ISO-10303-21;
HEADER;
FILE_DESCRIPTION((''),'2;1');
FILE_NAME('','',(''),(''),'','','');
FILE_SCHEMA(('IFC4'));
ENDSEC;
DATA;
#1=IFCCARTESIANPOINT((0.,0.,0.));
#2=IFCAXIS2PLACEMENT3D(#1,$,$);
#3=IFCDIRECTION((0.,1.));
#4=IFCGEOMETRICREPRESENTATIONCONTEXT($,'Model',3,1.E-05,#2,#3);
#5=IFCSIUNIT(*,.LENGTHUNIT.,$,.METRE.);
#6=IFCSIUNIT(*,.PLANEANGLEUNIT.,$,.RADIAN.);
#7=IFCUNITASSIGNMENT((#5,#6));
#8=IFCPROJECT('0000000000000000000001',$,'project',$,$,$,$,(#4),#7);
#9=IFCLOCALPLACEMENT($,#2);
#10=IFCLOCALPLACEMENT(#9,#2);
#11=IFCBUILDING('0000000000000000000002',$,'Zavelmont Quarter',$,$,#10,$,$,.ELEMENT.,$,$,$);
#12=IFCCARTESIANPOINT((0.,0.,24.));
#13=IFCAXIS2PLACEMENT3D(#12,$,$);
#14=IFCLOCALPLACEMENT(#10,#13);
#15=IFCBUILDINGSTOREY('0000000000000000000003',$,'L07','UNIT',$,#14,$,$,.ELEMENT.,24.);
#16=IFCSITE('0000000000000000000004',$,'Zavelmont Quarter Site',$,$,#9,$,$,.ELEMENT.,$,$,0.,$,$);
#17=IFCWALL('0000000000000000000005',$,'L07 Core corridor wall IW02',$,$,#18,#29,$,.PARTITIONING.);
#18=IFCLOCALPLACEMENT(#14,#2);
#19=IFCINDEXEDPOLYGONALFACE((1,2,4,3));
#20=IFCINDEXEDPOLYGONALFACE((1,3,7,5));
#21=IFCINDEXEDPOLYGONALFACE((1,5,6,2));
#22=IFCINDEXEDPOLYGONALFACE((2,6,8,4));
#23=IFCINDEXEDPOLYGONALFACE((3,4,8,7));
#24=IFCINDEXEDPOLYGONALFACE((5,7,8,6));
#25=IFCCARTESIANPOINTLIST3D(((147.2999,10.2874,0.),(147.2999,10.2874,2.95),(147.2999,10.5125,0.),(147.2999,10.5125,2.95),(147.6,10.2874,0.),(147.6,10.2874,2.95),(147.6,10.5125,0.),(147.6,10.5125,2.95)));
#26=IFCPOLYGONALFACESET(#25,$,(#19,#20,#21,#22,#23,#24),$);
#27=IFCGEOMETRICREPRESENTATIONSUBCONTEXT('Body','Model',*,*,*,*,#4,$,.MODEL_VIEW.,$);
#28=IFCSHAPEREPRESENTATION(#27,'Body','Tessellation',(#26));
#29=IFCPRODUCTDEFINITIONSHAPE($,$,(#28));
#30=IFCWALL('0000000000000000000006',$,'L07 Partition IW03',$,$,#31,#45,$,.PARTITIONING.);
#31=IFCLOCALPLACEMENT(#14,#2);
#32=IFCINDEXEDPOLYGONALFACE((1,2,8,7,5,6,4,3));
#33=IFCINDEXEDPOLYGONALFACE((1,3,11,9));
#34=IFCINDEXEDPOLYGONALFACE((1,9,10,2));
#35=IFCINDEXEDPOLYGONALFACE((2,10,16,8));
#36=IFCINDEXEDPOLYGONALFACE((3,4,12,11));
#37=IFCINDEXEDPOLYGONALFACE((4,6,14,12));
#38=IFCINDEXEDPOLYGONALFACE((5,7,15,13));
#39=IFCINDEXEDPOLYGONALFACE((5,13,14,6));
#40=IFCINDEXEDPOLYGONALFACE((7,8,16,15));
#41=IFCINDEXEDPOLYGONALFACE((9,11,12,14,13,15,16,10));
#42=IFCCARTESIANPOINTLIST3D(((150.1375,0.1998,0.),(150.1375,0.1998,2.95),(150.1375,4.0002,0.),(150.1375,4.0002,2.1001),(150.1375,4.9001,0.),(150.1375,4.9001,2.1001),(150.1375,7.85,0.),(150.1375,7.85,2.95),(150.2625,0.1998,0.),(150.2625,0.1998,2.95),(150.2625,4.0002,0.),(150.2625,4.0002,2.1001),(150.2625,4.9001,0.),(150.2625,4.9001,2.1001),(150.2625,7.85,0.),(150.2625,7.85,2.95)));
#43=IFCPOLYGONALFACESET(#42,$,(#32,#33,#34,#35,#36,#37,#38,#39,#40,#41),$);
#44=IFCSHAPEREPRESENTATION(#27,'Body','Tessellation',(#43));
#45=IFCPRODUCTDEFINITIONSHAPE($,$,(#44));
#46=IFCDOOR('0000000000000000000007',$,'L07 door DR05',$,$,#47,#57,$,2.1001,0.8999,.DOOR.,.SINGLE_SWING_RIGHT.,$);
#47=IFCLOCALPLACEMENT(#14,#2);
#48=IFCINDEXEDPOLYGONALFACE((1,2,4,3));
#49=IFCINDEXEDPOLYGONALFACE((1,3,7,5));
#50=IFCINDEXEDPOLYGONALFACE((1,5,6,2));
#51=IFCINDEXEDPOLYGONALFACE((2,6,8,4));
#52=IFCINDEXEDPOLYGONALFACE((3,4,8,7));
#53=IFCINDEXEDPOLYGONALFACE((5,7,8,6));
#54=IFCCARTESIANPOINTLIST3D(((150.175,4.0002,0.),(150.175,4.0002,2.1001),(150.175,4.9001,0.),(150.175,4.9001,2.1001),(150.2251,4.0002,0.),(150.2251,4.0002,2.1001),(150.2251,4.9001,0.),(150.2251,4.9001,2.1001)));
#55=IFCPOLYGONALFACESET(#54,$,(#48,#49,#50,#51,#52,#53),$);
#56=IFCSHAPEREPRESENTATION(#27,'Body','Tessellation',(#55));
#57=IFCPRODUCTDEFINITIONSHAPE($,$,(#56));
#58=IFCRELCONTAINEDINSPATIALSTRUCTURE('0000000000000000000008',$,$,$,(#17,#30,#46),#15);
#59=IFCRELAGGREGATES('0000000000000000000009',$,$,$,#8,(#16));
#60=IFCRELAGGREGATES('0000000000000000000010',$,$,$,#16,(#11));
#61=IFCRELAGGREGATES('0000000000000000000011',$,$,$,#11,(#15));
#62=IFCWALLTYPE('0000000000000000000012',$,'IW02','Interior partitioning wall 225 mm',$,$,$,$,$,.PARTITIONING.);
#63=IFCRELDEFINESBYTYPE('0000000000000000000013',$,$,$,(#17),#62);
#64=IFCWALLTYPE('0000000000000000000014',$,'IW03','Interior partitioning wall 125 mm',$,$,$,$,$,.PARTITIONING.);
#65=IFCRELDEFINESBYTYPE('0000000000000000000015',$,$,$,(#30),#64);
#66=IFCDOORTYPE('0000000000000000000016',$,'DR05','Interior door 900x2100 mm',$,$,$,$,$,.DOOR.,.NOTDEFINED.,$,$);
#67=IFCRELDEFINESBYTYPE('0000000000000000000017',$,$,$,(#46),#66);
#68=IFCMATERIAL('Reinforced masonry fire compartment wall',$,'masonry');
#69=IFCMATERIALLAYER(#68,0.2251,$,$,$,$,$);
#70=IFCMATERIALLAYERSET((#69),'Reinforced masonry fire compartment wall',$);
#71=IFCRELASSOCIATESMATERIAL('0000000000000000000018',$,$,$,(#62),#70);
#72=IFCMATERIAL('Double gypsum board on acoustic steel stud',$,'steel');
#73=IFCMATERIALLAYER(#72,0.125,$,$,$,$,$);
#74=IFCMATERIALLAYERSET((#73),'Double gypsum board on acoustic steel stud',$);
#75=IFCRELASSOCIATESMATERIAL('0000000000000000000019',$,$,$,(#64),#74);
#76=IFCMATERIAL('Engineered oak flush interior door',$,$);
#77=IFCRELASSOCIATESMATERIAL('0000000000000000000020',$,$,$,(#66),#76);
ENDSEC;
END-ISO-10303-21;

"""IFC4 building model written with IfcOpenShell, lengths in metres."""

from ifc_helpers import new_model, si_unit, direction, frame, frame_2d, origin, place, context, subcontext, project, spatial, rectangle, extrude, material, layer, layer_set, type_object, element, fill, save


model = new_model("IFC4")

# Units and contexts
model_context = context("Model", 3, precision=1e-05, world=origin(), true_north=direction((0.0, 1.0)))
body_context = subcontext(model_context, "Body", "Model", "MODEL_VIEW")
ifc_project = project(units=[si_unit("LENGTHUNIT", "METRE"), si_unit("PLANEANGLEUNIT", "RADIAN")], contexts=[model_context])

# Site, building, storey
site_placement = place(None, origin())
site = spatial("IfcSite", under=ifc_project, at=site_placement, Name="Zavelmont Quarter Site", CompositionType="ELEMENT", RefElevation=0.0)
building_placement = place(site_placement, origin())
building = spatial("IfcBuilding", under=site, at=building_placement, Name="Zavelmont Quarter", CompositionType="ELEMENT")
storey_placement = place(building_placement, frame((0.0, 0.0, 24.0)))
storey = spatial("IfcBuildingStorey", under=building, at=storey_placement, Name="L07", Description="UNIT", CompositionType="ELEMENT", Elevation=24.0)

# Wall
ifc_material_1 = material(Name="Reinforced masonry fire compartment wall", Category="masonry")
ifc_layer_1 = layer(ifc_material_1, 0.2251)
ifc_layer_set_1 = layer_set([ifc_layer_1], Name="Reinforced masonry fire compartment wall")
wall_type_1 = type_object("IfcWallType", Name="IW02", Description="Interior partitioning wall 225 mm", PredefinedType="PARTITIONING", material=ifc_layer_set_1)
wall_1_placement = place(storey_placement, frame((147.3, 10.3999, 0.0), z_axis=(0.0, 0.0, 1.0), x_axis=(1.0, 0.0, 0.0)))
element("IfcWall", 1, at=wall_1_placement, inside=storey, type_object=wall_type_1, Name="L07 Core corridor wall IW02", PredefinedType="PARTITIONING", context=body_context, shape_type="SweptSolid", body=[
    extrude(rectangle(XDim=0.3, YDim=0.2251, at=frame_2d((0.1499, 0.0))), origin(), (0.0, 0.0, 1.0), 2.95),
])

# Wall, opening, door
ifc_material_2 = material(Name="Double gypsum board on acoustic steel stud", Category="steel")
ifc_layer_2 = layer(ifc_material_2, 0.125)
ifc_layer_set_2 = layer_set([ifc_layer_2], Name="Double gypsum board on acoustic steel stud")
wall_type_2 = type_object("IfcWallType", Name="IW03", Description="Interior partitioning wall 125 mm", PredefinedType="PARTITIONING", material=ifc_layer_set_2)
wall_2_placement = place(storey_placement, frame((150.2, 7.8501, 0.0), z_axis=(0.0, 0.0, 1.0), x_axis=(0.0, -1.0, 0.0)))
wall_2 = element("IfcWall", 2, at=wall_2_placement, inside=storey, type_object=wall_type_2, Name="L07 Partition IW03", PredefinedType="PARTITIONING", context=body_context, shape_type="SweptSolid", body=[
    extrude(rectangle(XDim=7.6501, YDim=0.125, at=frame_2d((3.8252, 0.0))), origin(), (0.0, 0.0, 1.0), 2.95),
])
opening_1_placement = place(wall_2_placement, frame((2.95, 0.0, 0.0)))
opening_1 = element("IfcOpeningElement", 3, at=opening_1_placement, cuts=wall_2, PredefinedType="OPENING", context=body_context, shape_type="SweptSolid", body=[
    extrude(rectangle(XDim=0.8999, YDim=2.1001, at=frame_2d((0.45, 1.05))), frame((0.0, 0.0745, 0.0), z_axis=(0.0, -1.0, 0.0), x_axis=(1.0, 0.0, 0.0)), (0.0, 0.0, 1.0), 0.1489),
])
ifc_material_3 = material(Name="Engineered oak flush interior door")
door_type_1 = type_object("IfcDoorType", Name="DR05", Description="Interior door 900x2100 mm", OperationType="NOTDEFINED", PredefinedType="DOOR", material=ifc_material_3)
door_1_placement = place(opening_1_placement, frame((0.8999, 0.0, 0.0), z_axis=(0.0, 0.0, 1.0), x_axis=(-1.0, 0.0, 0.0)))
door_1 = element("IfcDoor", 4, at=door_1_placement, inside=storey, type_object=door_type_1, Name="L07 door DR05", OperationType="SINGLE_SWING_RIGHT", OverallHeight=2.1001, OverallWidth=0.8999, PredefinedType="DOOR", context=body_context, shape_type="SweptSolid", body=[
    extrude(rectangle(XDim=0.8999, YDim=2.1001, at=frame_2d((0.45, 1.05))), frame((0.0, 0.0249, 0.0), z_axis=(0.0, -1.0, 0.0), x_axis=(1.0, 0.0, 0.0)), (0.0, 0.0, 1.0), 0.05),
])
fill(opening_1, door_1)

save(model, "model.ifc")
